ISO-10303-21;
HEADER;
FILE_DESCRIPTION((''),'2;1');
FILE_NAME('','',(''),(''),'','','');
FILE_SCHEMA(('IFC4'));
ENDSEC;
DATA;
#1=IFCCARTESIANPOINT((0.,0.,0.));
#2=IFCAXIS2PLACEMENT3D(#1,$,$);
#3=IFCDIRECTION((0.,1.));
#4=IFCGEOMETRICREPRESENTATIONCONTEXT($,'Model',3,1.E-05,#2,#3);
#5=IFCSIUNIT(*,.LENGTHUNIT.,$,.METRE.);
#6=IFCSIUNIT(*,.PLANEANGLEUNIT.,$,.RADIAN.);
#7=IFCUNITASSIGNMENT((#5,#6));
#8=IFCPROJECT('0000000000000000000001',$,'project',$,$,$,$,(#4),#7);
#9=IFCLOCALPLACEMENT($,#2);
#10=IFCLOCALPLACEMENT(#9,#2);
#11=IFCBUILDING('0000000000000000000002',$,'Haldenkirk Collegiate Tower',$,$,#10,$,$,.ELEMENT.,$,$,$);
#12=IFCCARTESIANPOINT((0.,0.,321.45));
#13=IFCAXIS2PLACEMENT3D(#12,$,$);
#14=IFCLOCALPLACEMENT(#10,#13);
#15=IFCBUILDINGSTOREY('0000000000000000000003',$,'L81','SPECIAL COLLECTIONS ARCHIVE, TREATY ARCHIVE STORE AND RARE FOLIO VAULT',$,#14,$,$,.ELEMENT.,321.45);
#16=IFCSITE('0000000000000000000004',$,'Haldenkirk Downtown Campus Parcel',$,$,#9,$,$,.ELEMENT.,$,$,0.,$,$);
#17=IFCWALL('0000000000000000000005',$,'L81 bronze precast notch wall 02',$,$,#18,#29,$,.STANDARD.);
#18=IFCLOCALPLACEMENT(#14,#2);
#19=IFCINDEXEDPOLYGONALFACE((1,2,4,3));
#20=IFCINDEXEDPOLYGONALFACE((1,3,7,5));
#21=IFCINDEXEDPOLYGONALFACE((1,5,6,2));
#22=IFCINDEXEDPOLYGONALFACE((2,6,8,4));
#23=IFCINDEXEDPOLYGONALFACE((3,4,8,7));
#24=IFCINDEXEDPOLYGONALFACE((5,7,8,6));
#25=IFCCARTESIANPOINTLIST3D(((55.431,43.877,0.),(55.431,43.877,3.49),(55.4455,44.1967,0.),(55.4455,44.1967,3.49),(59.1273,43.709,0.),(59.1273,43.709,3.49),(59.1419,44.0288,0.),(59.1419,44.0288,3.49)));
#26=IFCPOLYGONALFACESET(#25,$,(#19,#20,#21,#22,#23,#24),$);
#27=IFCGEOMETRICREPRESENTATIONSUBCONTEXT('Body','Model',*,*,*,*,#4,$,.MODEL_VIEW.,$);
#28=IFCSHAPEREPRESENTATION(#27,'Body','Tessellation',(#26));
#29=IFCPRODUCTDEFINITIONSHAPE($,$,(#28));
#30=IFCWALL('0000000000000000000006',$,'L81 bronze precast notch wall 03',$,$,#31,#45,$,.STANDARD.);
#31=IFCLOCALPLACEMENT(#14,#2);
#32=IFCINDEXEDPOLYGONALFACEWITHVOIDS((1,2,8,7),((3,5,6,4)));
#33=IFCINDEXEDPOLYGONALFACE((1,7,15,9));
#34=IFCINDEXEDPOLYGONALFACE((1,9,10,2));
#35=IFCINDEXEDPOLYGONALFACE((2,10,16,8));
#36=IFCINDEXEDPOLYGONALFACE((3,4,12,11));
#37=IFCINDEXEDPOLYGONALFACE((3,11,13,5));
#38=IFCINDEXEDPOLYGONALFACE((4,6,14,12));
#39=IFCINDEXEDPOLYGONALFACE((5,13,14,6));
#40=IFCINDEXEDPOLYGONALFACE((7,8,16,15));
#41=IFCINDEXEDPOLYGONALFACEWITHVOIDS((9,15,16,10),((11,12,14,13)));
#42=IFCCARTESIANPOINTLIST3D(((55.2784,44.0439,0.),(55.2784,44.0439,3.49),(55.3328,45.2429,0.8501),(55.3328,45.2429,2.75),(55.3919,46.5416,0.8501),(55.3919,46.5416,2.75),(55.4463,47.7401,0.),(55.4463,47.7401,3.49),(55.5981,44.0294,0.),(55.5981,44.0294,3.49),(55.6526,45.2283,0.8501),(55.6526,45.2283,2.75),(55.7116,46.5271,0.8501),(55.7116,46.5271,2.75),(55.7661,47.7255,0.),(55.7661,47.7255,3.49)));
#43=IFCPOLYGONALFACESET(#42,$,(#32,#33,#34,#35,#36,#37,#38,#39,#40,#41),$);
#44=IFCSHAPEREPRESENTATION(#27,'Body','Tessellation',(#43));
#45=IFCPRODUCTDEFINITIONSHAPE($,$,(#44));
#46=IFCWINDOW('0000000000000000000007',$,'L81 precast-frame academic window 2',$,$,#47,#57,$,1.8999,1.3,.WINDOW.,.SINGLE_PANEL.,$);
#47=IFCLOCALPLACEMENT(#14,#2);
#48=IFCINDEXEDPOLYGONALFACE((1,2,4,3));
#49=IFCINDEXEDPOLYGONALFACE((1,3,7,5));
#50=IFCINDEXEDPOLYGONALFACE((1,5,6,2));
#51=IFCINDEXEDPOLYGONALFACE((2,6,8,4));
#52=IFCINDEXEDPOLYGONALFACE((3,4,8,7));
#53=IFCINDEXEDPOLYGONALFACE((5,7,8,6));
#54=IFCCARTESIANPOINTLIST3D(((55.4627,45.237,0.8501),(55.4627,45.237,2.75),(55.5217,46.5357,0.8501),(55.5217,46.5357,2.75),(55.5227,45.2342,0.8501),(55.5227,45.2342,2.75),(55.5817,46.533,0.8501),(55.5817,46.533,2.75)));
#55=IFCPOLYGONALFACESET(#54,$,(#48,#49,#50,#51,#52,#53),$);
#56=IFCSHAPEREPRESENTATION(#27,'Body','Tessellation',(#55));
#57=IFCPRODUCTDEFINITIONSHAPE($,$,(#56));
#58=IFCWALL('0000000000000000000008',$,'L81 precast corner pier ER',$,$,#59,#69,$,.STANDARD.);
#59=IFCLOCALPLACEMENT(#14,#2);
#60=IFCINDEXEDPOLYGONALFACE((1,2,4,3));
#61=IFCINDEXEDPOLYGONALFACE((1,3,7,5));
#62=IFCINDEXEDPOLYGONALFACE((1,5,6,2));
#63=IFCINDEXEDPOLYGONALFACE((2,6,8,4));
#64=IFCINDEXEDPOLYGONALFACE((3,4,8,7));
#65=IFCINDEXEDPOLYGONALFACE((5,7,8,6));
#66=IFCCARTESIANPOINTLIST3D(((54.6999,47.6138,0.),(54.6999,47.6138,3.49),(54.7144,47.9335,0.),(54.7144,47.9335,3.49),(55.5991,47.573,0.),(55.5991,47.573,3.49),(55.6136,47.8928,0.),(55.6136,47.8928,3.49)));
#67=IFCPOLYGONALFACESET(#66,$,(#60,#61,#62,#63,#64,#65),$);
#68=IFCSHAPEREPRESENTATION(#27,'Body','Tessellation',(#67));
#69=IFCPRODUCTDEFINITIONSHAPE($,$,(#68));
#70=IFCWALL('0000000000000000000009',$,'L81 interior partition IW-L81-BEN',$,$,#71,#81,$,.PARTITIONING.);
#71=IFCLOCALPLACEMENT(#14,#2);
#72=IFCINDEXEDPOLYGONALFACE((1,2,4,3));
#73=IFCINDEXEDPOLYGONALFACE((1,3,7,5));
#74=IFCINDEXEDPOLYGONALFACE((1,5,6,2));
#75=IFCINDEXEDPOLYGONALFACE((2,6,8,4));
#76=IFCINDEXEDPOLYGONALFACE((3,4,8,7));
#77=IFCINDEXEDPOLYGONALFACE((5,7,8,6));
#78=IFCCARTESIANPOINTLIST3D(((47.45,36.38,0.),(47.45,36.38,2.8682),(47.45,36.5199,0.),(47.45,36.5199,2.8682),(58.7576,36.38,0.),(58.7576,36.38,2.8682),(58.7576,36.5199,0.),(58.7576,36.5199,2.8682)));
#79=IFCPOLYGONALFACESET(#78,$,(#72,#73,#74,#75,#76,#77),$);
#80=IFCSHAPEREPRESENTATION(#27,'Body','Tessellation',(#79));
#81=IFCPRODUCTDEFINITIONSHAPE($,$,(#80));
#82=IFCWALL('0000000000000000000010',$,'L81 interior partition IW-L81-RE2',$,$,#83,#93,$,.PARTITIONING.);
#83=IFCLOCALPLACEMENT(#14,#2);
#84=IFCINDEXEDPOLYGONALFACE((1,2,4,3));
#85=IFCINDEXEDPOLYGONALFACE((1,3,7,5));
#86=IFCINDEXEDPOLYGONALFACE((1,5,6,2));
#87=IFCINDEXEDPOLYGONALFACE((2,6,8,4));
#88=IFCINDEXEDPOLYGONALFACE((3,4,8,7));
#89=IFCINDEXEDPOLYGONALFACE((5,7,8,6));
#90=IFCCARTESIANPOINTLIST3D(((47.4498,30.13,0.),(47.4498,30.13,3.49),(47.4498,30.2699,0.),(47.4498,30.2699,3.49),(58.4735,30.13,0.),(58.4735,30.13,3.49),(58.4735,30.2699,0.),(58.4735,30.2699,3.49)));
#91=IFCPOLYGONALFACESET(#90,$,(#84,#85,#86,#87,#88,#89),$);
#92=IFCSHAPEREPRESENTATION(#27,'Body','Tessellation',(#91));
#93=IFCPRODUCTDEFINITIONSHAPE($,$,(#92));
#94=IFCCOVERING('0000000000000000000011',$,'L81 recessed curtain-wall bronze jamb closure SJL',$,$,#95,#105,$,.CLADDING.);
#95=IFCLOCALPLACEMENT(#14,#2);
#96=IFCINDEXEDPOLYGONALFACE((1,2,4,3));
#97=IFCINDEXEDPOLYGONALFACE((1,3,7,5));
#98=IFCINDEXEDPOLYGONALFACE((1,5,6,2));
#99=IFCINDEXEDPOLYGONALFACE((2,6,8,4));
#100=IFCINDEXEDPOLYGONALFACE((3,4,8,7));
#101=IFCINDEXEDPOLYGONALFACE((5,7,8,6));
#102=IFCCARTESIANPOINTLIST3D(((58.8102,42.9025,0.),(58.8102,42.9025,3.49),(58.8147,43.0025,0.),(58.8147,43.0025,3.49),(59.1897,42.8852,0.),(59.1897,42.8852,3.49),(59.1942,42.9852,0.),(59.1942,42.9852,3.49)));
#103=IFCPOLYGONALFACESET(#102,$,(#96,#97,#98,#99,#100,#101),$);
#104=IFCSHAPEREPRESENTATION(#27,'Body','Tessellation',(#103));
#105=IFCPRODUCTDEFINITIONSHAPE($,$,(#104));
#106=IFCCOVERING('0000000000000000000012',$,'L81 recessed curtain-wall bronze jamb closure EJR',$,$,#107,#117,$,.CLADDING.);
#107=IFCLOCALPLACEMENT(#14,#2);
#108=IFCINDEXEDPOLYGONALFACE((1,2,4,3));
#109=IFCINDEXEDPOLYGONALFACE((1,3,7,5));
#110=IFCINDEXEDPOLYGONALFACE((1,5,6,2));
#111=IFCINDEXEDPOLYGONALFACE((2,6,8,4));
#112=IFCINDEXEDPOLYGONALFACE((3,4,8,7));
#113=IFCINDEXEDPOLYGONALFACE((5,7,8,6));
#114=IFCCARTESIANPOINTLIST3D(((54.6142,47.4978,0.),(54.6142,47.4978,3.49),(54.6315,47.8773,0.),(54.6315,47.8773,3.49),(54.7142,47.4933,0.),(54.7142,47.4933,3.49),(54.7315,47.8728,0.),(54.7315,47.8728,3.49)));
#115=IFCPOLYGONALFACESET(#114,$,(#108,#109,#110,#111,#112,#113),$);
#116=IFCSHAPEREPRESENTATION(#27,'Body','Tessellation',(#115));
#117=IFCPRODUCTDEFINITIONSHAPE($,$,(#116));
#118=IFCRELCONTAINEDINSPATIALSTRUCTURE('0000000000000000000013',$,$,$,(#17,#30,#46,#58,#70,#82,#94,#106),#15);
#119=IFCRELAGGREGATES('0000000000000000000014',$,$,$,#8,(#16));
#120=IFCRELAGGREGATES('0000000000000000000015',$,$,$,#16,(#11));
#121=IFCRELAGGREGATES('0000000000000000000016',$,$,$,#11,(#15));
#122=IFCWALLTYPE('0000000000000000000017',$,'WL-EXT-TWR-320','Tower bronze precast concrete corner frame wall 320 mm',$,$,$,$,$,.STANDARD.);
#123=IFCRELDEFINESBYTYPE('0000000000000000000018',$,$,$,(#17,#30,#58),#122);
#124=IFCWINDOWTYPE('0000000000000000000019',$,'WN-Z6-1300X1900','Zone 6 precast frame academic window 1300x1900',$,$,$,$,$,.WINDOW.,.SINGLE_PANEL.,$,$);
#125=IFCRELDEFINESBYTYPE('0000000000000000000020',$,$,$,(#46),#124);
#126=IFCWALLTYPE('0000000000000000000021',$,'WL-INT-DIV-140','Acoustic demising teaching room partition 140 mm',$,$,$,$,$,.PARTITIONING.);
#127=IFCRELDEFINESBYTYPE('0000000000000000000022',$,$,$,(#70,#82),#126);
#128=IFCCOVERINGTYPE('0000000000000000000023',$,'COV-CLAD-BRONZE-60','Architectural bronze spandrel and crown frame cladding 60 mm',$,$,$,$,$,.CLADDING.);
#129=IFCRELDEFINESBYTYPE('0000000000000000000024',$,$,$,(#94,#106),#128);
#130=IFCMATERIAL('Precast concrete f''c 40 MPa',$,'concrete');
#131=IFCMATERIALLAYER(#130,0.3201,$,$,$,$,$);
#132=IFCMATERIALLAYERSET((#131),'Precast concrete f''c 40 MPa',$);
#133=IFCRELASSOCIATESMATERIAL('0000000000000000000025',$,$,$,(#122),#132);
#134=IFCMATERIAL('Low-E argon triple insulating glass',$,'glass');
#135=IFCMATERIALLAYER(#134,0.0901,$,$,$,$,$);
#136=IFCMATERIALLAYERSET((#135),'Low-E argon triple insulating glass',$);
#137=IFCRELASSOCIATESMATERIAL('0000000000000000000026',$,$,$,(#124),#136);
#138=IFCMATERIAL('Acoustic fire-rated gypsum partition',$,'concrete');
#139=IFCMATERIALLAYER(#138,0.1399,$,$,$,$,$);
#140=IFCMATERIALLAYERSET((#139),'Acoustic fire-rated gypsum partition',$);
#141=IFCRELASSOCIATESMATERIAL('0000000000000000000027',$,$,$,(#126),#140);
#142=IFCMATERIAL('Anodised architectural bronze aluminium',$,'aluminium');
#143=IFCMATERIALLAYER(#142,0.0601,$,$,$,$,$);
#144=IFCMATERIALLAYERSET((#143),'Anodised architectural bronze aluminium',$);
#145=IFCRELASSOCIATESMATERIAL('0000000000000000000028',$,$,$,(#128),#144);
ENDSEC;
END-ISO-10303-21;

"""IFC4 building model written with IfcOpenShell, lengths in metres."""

from ifc_helpers import new_model, si_unit, direction, frame, frame_2d, origin, origin_2d, place, context, subcontext, project, spatial, rectangle, extrude, source, transform, mapped, material, layer, layer_set, type_object, element, fill, save


model = new_model("IFC4")

# Units and contexts
model_context = context("Model", 3, precision=1e-05, world=origin(), true_north=direction((0.0, 1.0)))
body_context = subcontext(model_context, "Body", "Model", "MODEL_VIEW")
ifc_project = project(units=[si_unit("LENGTHUNIT", "METRE"), si_unit("PLANEANGLEUNIT", "RADIAN")], contexts=[model_context])

# Site, building, storey
site_placement = place(None, origin())
site = spatial("IfcSite", under=ifc_project, at=site_placement, Name="Haldenkirk Downtown Campus Parcel", CompositionType="ELEMENT", RefElevation=0.0)
building_placement = place(site_placement, origin())
building = spatial("IfcBuilding", under=site, at=building_placement, Name="Haldenkirk Collegiate Tower", CompositionType="ELEMENT")
storey_placement = place(building_placement, frame((0.0, 0.0, 321.45)))
storey = spatial("IfcBuildingStorey", under=building, at=storey_placement, Name="L81", Description="SPECIAL COLLECTIONS ARCHIVE, TREATY ARCHIVE STORE AND RARE FOLIO VAULT", CompositionType="ELEMENT", Elevation=321.45)

# Shared definitions
ifc_material_1 = material(Name="Anodised architectural bronze aluminium", Category="aluminium")

# Shared definitions
ifc_material_2 = material(Name="Low-E argon triple insulating glass", Category="glass")

# Wall
ifc_material_3 = material(Name="Precast concrete f'c 40 MPa", Category="concrete")
ifc_layer_1 = layer(ifc_material_3, 0.3201)
ifc_layer_set_1 = layer_set([ifc_layer_1], Name="Precast concrete f'c 40 MPa")
wall_type_1 = type_object("IfcWallType", Name="WL-EXT-TWR-320", Description="Tower bronze precast concrete corner frame wall 320 mm", PredefinedType="STANDARD", material=ifc_layer_set_1)
wall_1_placement = place(storey_placement, frame((55.4382, 44.0369, 0.0), z_axis=(0.0, 0.0, 1.0), x_axis=(0.998969, -0.045396, 0.0)))
element("IfcWall", 1, at=wall_1_placement, inside=storey, type_object=wall_type_1, Name="L81 bronze precast notch wall 02", PredefinedType="STANDARD", context=body_context, shape_type="SweptSolid", body=[
    extrude(rectangle(XDim=3.7002, YDim=0.3201, at=frame_2d((1.8501, 0.0))), origin(), (0.0, 0.0, 1.0), 3.49),
])

# Wall, opening, window
wall_2_placement = place(storey_placement, frame((55.6062, 47.7329, 0.0), z_axis=(0.0, 0.0, 1.0), x_axis=(-0.045399, -0.998969, 0.0)))
wall_2 = element("IfcWall", 2, at=wall_2_placement, inside=storey, type_object=wall_type_1, Name="L81 bronze precast notch wall 03", PredefinedType="STANDARD", context=body_context, shape_type="SweptSolid", body=[
    extrude(rectangle(XDim=3.7, YDim=0.3201, at=frame_2d((1.8501, 0.0))), origin(), (0.0, 0.0, 1.0), 3.49),
])
opening_placement = place(wall_2_placement, frame((1.2, 0.0, 0.8501)))
opening = element("IfcOpeningElement", 3, at=opening_placement, cuts=wall_2, PredefinedType="OPENING", context=body_context, shape_type="SweptSolid", body=[
    extrude(rectangle(XDim=1.3, YDim=1.8999, at=frame_2d((0.6499, 0.95))), frame((0.0, 0.1699, 0.0), z_axis=(0.0, -1.0, 0.0), x_axis=(1.0, 0.0, 0.0)), (0.0, 0.0, 1.0), 0.3401),
])
ifc_layer_2 = layer(ifc_material_2, 0.0901)
ifc_layer_set_2 = layer_set([ifc_layer_2], Name="Low-E argon triple insulating glass")
window_type = type_object("IfcWindowType", Name="WN-Z6-1300X1900", Description="Zone 6 precast frame academic window 1300x1900", PartitioningType="SINGLE_PANEL", PredefinedType="WINDOW", material=ifc_layer_set_2)
window_placement = place(opening_placement, origin())
window = element("IfcWindow", 4, at=window_placement, inside=storey, type_object=window_type, Name="L81 precast-frame academic window 2", OverallHeight=1.8999, OverallWidth=1.3, PartitioningType="SINGLE_PANEL", PredefinedType="WINDOW", context=body_context, shape_type="SweptSolid", body=[
    extrude(rectangle(XDim=1.3, YDim=1.8999, at=frame_2d((0.6499, 0.95))), frame((0.0, 0.03, 0.0), z_axis=(0.0, -1.0, 0.0), x_axis=(1.0, 0.0, 0.0)), (0.0, 0.0, 1.0), 0.0601),
])
fill(opening, window)

# Walls
wall_3_placement = place(storey_placement, frame((54.707, 47.7737, 0.0), z_axis=(0.0, 0.0, 1.0), x_axis=(0.998974, -0.045297, 0.0)))
element("IfcWall", 5, at=wall_3_placement, inside=storey, type_object=wall_type_1, Name="L81 precast corner pier ER", PredefinedType="STANDARD", context=body_context, shape_type="SweptSolid", body=[
    extrude(rectangle(XDim=0.9001, YDim=0.3201, at=frame_2d((0.4502, 0.0))), origin(), (0.0, 0.0, 1.0), 3.49),
])
ifc_material_4 = material(Name="Acoustic fire-rated gypsum partition", Category="concrete")
ifc_layer_3 = layer(ifc_material_4, 0.1399)
ifc_layer_set_3 = layer_set([ifc_layer_3], Name="Acoustic fire-rated gypsum partition")
wall_type_2 = type_object("IfcWallType", Name="WL-INT-DIV-140", Description="Acoustic demising teaching room partition 140 mm", PredefinedType="PARTITIONING", material=ifc_layer_set_3)
wall_4_placement = place(storey_placement, frame((47.45, 36.45, 0.0), z_axis=(0.0, 0.0, 1.0), x_axis=(1.0, 0.0, 0.0)))
element("IfcWall", 6, at=wall_4_placement, inside=storey, type_object=wall_type_2, Name="L81 interior partition IW-L81-BEN", PredefinedType="PARTITIONING", context=body_context, shape_type="SweptSolid", body=[
    extrude(rectangle(XDim=11.3076, YDim=0.1399, at=frame_2d((5.6538, 0.0))), origin(), (0.0, 0.0, 1.0), 2.8682),
])
wall_5_placement = place(storey_placement, frame((47.45, 30.2, 0.0), z_axis=(0.0, 0.0, 1.0), x_axis=(1.0, 0.0, 0.0)))
element("IfcWall", 7, at=wall_5_placement, inside=storey, type_object=wall_type_2, Name="L81 interior partition IW-L81-RE2", PredefinedType="PARTITIONING", context=body_context, shape_type="SweptSolid", body=[
    extrude(rectangle(XDim=11.0237, YDim=0.1399, at=frame_2d((5.5117, 0.0))), origin(), (0.0, 0.0, 1.0), 3.49),
])

# Coverings
ifc_layer_4 = layer(ifc_material_1, 0.0601)
ifc_layer_set_4 = layer_set([ifc_layer_4], Name="Anodised architectural bronze aluminium")
covering_type = type_object("IfcCoveringType", Name="COV-CLAD-BRONZE-60", Description="Architectural bronze spandrel and crown frame cladding 60 mm", PredefinedType="CLADDING", material=ifc_layer_set_4)
shared_shape_1 = source(origin(), body_context, "Body", "SweptSolid", [
    extrude(rectangle(XDim=0.1001, YDim=0.3799, at=origin_2d()), origin(), (0.0, 0.0, 1.0), 3.49),
])
for number, where, z_axis, x_axis, name in (
    (8, (59.0022, 42.9438, 0.0), (0.0, 0.0, 1.0), (-0.045363, -0.998971, 0.0), "L81 recessed curtain-wall bronze jamb closure SJL"),
    (9, (54.6729, 47.6853, 0.0), (0.0, 0.0, 1.0), (0.998971, -0.045363, 0.0), "L81 recessed curtain-wall bronze jamb closure EJR"),
):
    element("IfcCovering", number, at=place(storey_placement, frame(where, z_axis=z_axis, x_axis=x_axis)), inside=storey, type_object=covering_type, Name=name, PredefinedType="CLADDING", context=body_context, shape_type="MappedRepresentation", body=[
        mapped(shared_shape_1, transform((0.0, 0.0, 0.0), x_axis=(1.0, 0.0, 0.0), y_axis=(0.0, 1.0, 0.0), z_axis=(0.0, 0.0, 1.0), scale=1.0)),
    ])

save(model, "model.ifc")
